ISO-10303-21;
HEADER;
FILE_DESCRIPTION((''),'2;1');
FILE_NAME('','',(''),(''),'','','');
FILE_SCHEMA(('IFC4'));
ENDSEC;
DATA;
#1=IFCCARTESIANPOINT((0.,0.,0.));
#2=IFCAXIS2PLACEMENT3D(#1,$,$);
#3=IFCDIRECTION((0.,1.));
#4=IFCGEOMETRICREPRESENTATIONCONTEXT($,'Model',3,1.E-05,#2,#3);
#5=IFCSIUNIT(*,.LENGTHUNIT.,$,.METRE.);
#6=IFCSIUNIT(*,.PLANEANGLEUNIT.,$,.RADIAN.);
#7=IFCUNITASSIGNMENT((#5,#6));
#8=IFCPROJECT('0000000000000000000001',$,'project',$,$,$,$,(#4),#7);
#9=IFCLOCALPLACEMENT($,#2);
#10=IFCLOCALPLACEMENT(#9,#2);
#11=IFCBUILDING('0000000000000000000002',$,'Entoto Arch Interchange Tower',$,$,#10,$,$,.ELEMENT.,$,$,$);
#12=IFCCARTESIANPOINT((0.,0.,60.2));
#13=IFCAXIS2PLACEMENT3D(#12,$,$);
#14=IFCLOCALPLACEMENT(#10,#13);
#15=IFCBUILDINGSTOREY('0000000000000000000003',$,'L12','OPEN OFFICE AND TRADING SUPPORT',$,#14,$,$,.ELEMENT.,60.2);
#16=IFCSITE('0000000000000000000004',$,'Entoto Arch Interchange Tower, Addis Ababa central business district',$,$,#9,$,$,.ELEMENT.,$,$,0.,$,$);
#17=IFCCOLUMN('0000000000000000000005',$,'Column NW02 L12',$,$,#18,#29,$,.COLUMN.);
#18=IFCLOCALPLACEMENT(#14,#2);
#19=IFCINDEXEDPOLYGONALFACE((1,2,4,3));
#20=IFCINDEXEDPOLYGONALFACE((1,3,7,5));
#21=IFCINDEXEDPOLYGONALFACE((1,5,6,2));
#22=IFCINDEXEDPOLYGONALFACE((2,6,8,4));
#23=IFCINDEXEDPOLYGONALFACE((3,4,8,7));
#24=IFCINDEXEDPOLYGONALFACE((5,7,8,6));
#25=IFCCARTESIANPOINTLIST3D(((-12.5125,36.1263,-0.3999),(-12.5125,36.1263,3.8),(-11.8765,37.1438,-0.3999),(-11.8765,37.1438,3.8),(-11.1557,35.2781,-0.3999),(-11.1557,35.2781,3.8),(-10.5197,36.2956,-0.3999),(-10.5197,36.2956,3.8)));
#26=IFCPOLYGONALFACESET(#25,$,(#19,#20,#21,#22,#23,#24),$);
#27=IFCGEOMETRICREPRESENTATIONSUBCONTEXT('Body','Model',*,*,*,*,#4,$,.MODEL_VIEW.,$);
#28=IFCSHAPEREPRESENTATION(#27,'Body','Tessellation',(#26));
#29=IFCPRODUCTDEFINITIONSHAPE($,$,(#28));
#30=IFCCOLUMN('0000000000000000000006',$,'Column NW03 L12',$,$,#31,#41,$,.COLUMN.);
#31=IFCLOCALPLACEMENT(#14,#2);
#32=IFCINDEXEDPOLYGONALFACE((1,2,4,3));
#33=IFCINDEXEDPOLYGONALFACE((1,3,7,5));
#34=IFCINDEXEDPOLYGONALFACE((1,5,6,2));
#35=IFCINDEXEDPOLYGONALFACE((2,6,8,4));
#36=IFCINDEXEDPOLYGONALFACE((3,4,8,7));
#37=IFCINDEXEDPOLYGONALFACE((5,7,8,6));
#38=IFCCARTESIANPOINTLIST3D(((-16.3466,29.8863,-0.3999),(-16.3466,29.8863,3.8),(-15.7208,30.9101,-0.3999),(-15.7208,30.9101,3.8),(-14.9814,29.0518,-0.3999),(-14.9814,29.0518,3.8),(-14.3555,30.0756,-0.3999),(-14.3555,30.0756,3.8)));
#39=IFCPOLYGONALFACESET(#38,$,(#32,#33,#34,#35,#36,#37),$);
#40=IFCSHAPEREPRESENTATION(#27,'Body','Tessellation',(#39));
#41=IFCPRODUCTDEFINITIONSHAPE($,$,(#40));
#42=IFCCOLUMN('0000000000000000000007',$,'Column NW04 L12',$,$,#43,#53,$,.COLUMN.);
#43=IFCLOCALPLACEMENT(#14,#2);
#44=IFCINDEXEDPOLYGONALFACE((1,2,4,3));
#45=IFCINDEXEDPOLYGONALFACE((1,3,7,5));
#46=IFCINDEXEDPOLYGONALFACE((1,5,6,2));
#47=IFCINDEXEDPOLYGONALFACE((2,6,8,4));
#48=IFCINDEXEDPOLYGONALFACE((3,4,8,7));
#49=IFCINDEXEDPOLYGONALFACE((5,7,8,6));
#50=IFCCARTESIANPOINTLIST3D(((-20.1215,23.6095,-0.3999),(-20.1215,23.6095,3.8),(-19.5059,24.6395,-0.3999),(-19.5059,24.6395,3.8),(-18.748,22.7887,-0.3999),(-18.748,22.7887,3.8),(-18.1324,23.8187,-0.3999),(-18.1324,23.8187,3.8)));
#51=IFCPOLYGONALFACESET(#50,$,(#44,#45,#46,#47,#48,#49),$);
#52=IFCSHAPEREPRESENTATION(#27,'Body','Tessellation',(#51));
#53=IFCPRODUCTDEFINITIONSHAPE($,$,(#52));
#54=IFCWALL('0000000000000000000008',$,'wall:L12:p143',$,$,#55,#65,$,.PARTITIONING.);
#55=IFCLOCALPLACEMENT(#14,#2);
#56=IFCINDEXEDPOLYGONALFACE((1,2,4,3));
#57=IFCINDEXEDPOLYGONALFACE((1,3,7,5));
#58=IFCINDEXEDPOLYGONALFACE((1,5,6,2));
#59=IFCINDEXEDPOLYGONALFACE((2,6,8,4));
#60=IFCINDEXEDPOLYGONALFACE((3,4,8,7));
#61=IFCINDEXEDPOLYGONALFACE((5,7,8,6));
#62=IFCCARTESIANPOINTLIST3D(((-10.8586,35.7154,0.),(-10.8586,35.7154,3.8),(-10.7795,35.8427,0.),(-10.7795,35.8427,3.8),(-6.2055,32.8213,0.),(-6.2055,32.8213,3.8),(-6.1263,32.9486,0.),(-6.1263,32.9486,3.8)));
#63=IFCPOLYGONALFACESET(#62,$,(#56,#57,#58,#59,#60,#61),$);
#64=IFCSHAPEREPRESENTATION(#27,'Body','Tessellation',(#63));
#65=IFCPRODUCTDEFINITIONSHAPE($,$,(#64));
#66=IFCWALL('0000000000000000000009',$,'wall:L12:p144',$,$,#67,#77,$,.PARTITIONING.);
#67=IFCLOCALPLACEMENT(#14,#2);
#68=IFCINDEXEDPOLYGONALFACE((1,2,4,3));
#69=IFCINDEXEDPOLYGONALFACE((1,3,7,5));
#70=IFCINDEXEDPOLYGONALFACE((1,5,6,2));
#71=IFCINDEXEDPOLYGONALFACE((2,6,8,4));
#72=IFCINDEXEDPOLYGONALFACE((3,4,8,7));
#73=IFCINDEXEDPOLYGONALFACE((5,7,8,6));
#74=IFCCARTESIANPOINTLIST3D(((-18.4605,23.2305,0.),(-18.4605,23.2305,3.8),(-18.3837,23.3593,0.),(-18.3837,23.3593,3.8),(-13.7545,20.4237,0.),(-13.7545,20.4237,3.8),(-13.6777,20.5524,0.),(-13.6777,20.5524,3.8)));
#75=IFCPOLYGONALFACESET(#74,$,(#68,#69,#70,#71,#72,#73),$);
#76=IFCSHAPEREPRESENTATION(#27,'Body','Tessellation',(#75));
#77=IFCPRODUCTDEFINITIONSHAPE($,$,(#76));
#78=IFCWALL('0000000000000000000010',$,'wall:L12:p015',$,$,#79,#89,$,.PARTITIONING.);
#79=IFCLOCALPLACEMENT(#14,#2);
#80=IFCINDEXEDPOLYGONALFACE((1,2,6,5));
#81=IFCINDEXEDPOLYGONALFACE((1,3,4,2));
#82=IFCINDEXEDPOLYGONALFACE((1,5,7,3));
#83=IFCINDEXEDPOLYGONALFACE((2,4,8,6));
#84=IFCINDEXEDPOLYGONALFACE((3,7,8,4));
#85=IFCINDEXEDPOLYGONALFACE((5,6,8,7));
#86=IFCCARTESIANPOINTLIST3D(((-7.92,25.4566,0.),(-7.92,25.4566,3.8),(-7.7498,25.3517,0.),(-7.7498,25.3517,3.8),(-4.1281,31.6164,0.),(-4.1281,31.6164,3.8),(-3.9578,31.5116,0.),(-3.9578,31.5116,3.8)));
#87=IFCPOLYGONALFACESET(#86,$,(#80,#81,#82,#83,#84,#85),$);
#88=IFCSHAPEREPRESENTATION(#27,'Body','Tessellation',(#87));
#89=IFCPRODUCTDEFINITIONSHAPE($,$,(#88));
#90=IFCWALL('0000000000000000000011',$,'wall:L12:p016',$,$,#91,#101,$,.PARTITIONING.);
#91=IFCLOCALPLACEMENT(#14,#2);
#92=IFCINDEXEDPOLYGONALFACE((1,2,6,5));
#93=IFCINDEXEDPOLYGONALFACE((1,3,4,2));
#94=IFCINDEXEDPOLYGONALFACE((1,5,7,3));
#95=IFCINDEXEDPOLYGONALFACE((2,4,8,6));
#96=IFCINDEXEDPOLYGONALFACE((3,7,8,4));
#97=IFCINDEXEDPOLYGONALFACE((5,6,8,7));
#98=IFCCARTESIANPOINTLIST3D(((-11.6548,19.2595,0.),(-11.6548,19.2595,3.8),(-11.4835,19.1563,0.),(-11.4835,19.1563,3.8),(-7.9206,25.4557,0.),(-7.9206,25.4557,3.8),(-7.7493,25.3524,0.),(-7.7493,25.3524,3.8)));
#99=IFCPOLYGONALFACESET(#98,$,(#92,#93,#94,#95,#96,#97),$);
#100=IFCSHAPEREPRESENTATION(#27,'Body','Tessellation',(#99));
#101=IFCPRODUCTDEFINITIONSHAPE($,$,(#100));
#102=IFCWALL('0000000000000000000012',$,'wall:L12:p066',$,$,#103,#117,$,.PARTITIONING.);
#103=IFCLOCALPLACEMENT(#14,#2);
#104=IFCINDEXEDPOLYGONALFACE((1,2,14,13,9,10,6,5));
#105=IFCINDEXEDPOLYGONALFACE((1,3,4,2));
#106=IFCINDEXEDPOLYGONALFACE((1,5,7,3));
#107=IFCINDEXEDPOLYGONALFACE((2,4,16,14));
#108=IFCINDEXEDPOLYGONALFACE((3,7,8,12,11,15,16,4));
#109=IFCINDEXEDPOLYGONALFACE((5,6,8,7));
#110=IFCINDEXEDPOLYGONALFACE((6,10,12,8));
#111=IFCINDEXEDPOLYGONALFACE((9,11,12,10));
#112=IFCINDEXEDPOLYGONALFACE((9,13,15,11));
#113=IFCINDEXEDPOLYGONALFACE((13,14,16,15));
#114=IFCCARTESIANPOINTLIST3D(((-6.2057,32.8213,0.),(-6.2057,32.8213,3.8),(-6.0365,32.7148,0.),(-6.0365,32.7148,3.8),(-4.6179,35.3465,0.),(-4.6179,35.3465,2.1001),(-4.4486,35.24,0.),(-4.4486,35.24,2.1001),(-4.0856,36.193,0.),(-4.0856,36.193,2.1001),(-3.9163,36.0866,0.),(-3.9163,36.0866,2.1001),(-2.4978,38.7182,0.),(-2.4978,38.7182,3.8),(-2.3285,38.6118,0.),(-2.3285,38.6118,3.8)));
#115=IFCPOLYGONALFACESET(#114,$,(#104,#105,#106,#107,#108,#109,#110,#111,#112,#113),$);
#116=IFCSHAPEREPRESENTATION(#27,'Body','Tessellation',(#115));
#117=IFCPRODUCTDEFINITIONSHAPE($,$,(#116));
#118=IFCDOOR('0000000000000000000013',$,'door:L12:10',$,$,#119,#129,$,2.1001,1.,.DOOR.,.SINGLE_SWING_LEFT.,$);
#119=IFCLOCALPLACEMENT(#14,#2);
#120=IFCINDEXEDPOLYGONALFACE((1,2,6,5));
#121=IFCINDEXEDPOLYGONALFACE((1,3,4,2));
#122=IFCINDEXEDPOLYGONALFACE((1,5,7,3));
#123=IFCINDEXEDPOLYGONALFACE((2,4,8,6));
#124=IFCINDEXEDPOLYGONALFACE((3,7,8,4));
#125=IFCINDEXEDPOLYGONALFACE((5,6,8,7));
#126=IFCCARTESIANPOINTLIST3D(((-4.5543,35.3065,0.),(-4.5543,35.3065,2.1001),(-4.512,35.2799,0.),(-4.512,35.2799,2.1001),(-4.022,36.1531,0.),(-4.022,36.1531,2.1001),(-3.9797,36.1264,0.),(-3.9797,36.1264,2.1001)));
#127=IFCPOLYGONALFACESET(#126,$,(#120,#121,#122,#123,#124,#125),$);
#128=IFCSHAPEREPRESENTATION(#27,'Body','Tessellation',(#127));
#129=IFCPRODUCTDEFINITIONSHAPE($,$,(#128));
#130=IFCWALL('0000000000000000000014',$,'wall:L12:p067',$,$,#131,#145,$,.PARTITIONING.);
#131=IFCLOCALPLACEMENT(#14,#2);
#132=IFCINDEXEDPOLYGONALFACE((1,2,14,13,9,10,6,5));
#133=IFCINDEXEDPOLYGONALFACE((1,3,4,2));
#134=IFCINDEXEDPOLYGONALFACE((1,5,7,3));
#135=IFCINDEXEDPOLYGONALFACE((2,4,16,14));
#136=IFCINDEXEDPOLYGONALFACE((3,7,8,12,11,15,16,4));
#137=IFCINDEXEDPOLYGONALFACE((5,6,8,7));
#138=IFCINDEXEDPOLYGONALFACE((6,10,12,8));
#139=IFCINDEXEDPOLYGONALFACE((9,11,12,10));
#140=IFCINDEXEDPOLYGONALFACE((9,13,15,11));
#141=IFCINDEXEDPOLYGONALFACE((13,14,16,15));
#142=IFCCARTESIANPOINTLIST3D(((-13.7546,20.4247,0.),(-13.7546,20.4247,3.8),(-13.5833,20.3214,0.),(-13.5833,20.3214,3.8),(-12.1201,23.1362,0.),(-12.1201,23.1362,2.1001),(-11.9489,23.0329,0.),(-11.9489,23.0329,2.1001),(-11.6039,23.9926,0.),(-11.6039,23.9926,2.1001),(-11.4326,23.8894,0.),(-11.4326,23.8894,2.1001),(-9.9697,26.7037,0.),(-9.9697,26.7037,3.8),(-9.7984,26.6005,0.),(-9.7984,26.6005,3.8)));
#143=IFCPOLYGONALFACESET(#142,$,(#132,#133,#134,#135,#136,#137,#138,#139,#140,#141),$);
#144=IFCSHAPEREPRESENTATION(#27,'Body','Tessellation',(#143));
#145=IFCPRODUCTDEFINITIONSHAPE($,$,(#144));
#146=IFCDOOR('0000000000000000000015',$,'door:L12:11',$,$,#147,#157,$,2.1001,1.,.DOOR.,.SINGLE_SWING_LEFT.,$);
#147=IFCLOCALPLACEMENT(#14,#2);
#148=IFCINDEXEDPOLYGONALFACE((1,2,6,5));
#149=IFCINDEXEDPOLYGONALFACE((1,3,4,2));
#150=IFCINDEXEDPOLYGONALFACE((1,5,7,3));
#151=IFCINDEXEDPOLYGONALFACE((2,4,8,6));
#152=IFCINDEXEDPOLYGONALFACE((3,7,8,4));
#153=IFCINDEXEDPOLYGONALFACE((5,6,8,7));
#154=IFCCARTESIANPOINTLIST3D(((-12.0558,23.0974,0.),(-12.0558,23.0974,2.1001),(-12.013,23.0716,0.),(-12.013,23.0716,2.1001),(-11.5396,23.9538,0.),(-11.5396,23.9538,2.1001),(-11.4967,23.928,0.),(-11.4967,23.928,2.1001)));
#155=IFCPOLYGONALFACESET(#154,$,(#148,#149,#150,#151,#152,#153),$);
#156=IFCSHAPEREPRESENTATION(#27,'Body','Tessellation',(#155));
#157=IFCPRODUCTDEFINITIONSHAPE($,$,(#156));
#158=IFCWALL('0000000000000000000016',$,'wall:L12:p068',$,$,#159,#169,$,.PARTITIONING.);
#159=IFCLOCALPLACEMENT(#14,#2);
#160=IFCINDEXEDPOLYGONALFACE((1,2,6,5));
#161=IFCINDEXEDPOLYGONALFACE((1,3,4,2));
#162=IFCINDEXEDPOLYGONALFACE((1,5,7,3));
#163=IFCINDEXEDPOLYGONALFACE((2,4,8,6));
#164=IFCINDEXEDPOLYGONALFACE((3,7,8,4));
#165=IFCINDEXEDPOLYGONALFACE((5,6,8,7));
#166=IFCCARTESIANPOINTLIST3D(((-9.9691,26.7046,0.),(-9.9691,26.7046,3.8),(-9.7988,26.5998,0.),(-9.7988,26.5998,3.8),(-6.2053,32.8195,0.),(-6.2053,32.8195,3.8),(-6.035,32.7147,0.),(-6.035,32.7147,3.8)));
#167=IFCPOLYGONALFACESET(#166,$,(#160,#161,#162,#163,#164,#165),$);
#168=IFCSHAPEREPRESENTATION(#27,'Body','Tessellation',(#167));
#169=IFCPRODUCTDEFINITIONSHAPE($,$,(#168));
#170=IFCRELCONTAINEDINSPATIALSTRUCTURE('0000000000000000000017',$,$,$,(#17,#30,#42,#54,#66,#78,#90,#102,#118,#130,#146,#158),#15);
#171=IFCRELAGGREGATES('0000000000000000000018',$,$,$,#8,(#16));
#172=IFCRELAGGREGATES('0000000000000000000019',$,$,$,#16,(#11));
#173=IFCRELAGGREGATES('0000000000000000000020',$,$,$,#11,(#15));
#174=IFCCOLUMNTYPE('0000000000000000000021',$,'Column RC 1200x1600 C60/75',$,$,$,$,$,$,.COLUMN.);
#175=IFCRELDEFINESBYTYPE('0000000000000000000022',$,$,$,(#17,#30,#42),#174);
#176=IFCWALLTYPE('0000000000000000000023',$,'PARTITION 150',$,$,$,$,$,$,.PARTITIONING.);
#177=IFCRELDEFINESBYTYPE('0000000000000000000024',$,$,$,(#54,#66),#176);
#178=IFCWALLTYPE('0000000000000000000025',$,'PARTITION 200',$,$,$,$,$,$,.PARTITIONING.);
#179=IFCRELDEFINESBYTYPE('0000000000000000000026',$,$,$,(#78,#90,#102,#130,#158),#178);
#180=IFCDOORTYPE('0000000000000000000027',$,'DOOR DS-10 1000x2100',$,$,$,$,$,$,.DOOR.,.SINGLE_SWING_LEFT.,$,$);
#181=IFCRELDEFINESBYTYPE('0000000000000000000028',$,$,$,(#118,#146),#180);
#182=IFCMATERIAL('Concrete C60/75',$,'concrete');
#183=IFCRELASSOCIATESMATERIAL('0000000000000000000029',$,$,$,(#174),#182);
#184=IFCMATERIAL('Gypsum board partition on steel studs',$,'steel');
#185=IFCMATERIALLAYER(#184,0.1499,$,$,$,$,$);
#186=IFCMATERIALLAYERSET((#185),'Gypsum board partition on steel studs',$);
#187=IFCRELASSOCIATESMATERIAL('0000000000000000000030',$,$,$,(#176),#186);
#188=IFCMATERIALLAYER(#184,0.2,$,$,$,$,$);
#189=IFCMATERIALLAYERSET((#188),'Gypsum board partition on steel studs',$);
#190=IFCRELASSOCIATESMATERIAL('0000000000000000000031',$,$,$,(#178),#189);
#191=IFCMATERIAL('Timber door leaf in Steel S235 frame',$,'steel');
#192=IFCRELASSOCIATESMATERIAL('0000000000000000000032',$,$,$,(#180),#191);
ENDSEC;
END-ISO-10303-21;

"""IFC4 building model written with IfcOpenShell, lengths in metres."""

from ifc_helpers import new_model, si_unit, direction, frame, frame_2d, origin, origin_2d, place, context, subcontext, project, spatial, rectangle, extrude, material, layer, layer_set, material_profile, profile_set, type_object, element, fill, save


model = new_model("IFC4")

# Units and contexts
model_context = context("Model", 3, precision=1e-05, world=origin(), true_north=direction((0.0, 1.0)))
body_context = subcontext(model_context, "Body", "Model", "MODEL_VIEW")
ifc_project = project(units=[si_unit("LENGTHUNIT", "METRE"), si_unit("PLANEANGLEUNIT", "RADIAN")], contexts=[model_context])

# Site, building, storey
site_placement = place(None, origin())
site = spatial("IfcSite", under=ifc_project, at=site_placement, Name="Entoto Arch Interchange Tower, Addis Ababa central business district", CompositionType="ELEMENT", RefElevation=0.0)
building_placement = place(site_placement, origin())
building = spatial("IfcBuilding", under=site, at=building_placement, Name="Entoto Arch Interchange Tower", CompositionType="ELEMENT")
storey_placement = place(building_placement, frame((0.0, 0.0, 60.2)))
storey = spatial("IfcBuildingStorey", under=building, at=storey_placement, Name="L12", Description="OPEN OFFICE AND TRADING SUPPORT", CompositionType="ELEMENT", Elevation=60.2)

# Columns
ifc_material_1 = material(Name="Concrete C60/75", Category="concrete")
ifc_material_profile = material_profile(ifc_material_1, rectangle(XDim=1.2, YDim=1.6001, at=origin_2d()))
ifc_profile_set = profile_set([ifc_material_profile], Name="Concrete C60/75")
column_type = type_object("IfcColumnType", Name="Column RC 1200x1600 C60/75", PredefinedType="COLUMN", material=ifc_profile_set)
for number, where, z_axis, x_axis, name in (
    (1, (-11.5161, 36.2109, -0.3999), (0.0, 0.0, 1.0), (0.530067, 0.847956, 0.0), "Column NW02 L12"),
    (2, (-15.3511, 29.981, -0.3999), (0.0, 0.0, 1.0), (0.521546, 0.853223, 0.0), "Column NW03 L12"),
    (3, (-19.127, 23.7141, -0.3999), (0.0, 0.0, 1.0), (0.512972, 0.858405, 0.0), "Column NW04 L12"),
):
    element("IfcColumn", number, at=place(storey_placement, frame(where, z_axis=z_axis, x_axis=x_axis)), inside=storey, type_object=column_type, Name=name, PredefinedType="COLUMN", context=body_context, shape_type="SweptSolid", body=[
        extrude(rectangle(XDim=1.2, YDim=1.6001, at=origin_2d()), origin(), (0.0, 0.0, 1.0), 4.2),
    ])

# Walls
ifc_material_2 = material(Name="Gypsum board partition on steel studs", Category="steel")
ifc_layer_1 = layer(ifc_material_2, 0.1499)
ifc_layer_set_1 = layer_set([ifc_layer_1], Name="Gypsum board partition on steel studs")
wall_type_1 = type_object("IfcWallType", Name="PARTITION 150", PredefinedType="PARTITIONING", material=ifc_layer_set_1)
wall_1_placement = place(storey_placement, frame((-6.166, 32.885, 0.0), z_axis=(0.0, 0.0, 1.0), x_axis=(-0.849155, 0.528143, 0.0)))
element("IfcWall", 4, at=wall_1_placement, inside=storey, type_object=wall_type_1, Name="wall:L12:p143", PredefinedType="PARTITIONING", context=body_context, shape_type="SweptSolid", body=[
    extrude(rectangle(XDim=5.4797, YDim=0.1499, at=frame_2d((2.7397, 0.0))), origin(), (0.0, 0.0, 1.0), 3.8),
])
wall_2_placement = place(storey_placement, frame((-13.7161, 20.488, 0.0), z_axis=(0.0, 0.0, 1.0), x_axis=(-0.858838, 0.512247, 0.0)))
element("IfcWall", 5, at=wall_2_placement, inside=storey, type_object=wall_type_1, Name="wall:L12:p144", PredefinedType="PARTITIONING", context=body_context, shape_type="SweptSolid", body=[
    extrude(rectangle(XDim=5.4795, YDim=0.1499, at=frame_2d((2.7397, 0.0))), origin(), (0.0, 0.0, 1.0), 3.8),
])
ifc_layer_2 = layer(ifc_material_2, 0.2)
ifc_layer_set_2 = layer_set([ifc_layer_2], Name="Gypsum board partition on steel studs")
wall_type_2 = type_object("IfcWallType", Name="PARTITION 200", PredefinedType="PARTITIONING", material=ifc_layer_set_2)
wall_3_placement = place(storey_placement, frame((-4.043, 31.564, 0.0), z_axis=(0.0, 0.0, 1.0), x_axis=(-0.524225, -0.85158, 0.0)))
element("IfcWall", 6, at=wall_3_placement, inside=storey, type_object=wall_type_2, Name="wall:L12:p015", PredefinedType="PARTITIONING", context=body_context, shape_type="SweptSolid", body=[
    extrude(rectangle(XDim=7.2334, YDim=0.2, at=frame_2d((3.6167, 0.0))), origin(), (0.0, 0.0, 1.0), 3.8),
])
wall_4_placement = place(storey_placement, frame((-7.835, 25.4041, 0.0), z_axis=(0.0, 0.0, 1.0), x_axis=(-0.516172, -0.856485, 0.0)))
element("IfcWall", 7, at=wall_4_placement, inside=storey, type_object=wall_type_2, Name="wall:L12:p016", PredefinedType="PARTITIONING", context=body_context, shape_type="SweptSolid", body=[
    extrude(rectangle(XDim=7.2344, YDim=0.2, at=frame_2d((3.6172, 0.0))), origin(), (0.0, 0.0, 1.0), 3.8),
])

# Walls, openings, doors
wall_5_placement = place(storey_placement, frame((-6.1211, 32.7681, 0.0), z_axis=(0.0, 0.0, 1.0), x_axis=(0.532309, 0.84655, 0.0)))
wall_5 = element("IfcWall", 8, at=wall_5_placement, inside=storey, type_object=wall_type_2, Name="wall:L12:p066", PredefinedType="PARTITIONING", context=body_context, shape_type="SweptSolid", body=[
    extrude(rectangle(XDim=6.9658, YDim=0.2, at=frame_2d((3.4829, 0.0))), origin(), (0.0, 0.0, 1.0), 3.8),
])
opening_1_placement = place(wall_5_placement, frame((2.9829, 0.0, 0.0)))
opening_1 = element("IfcOpeningElement", 9, at=opening_1_placement, cuts=wall_5, PredefinedType="OPENING", context=body_context, shape_type="SweptSolid", body=[
    extrude(rectangle(XDim=1.0, YDim=2.1001, at=frame_2d((0.5, 1.05))), frame((0.0, 0.1099, 0.0), z_axis=(0.0, -1.0, 0.0), x_axis=(1.0, 0.0, 0.0)), (0.0, 0.0, 1.0), 0.22),
])
ifc_material_3 = material(Name="Timber door leaf in Steel S235 frame", Category="steel")
door_type = type_object("IfcDoorType", Name="DOOR DS-10 1000x2100", OperationType="SINGLE_SWING_LEFT", PredefinedType="DOOR", material=ifc_material_3)
door_1_placement = place(opening_1_placement, origin())
door_1 = element("IfcDoor", 10, at=door_1_placement, inside=storey, type_object=door_type, Name="door:L12:10", OperationType="SINGLE_SWING_LEFT", OverallHeight=2.1001, OverallWidth=1.0, PredefinedType="DOOR", context=body_context, shape_type="SweptSolid", body=[
    extrude(rectangle(XDim=1.0, YDim=2.1001, at=frame_2d((0.5, 1.05))), frame((0.0, 0.0249, 0.0), z_axis=(0.0, -1.0, 0.0), x_axis=(1.0, 0.0, 0.0)), (0.0, 0.0, 1.0), 0.05),
])
fill(opening_1, door_1)
wall_6_placement = place(storey_placement, frame((-13.6689, 20.373, 0.0), z_axis=(0.0, 0.0, 1.0), x_axis=(0.516248, 0.856439, 0.0)))
wall_6 = element("IfcWall", 11, at=wall_6_placement, inside=storey, type_object=wall_type_2, Name="wall:L12:p067", PredefinedType="PARTITIONING", context=body_context, shape_type="SweptSolid", body=[
    extrude(rectangle(XDim=7.3315, YDim=0.2, at=frame_2d((3.6658, 0.0))), origin(), (0.0, 0.0, 1.0), 3.8),
])
opening_2_placement = place(wall_6_placement, frame((3.166, 0.0, 0.0)))
opening_2 = element("IfcOpeningElement", 12, at=opening_2_placement, cuts=wall_6, PredefinedType="OPENING", context=body_context, shape_type="SweptSolid", body=[
    extrude(rectangle(XDim=1.0, YDim=2.1001, at=frame_2d((0.5, 1.05))), frame((0.0, 0.1099, 0.0), z_axis=(0.0, -1.0, 0.0), x_axis=(1.0, 0.0, 0.0)), (0.0, 0.0, 1.0), 0.22),
])
door_2_placement = place(opening_2_placement, origin())
door_2 = element("IfcDoor", 13, at=door_2_placement, inside=storey, type_object=door_type, Name="door:L12:11", OperationType="SINGLE_SWING_LEFT", OverallHeight=2.1001, OverallWidth=1.0, PredefinedType="DOOR", context=body_context, shape_type="SweptSolid", body=[
    extrude(rectangle(XDim=1.0, YDim=2.1001, at=frame_2d((0.5, 1.05))), frame((0.0, 0.0249, 0.0), z_axis=(0.0, -1.0, 0.0), x_axis=(1.0, 0.0, 0.0)), (0.0, 0.0, 1.0), 0.05),
])
fill(opening_2, door_2)

# Wall
wall_7_placement = place(storey_placement, frame((-9.884, 26.6521, 0.0), z_axis=(0.0, 0.0, 1.0), x_axis=(0.524183, 0.851606, 0.0)))
element("IfcWall", 14, at=wall_7_placement, inside=storey, type_object=wall_type_2, Name="wall:L12:p068", PredefinedType="PARTITIONING", context=body_context, shape_type="SweptSolid", body=[
    extrude(rectangle(XDim=7.1804, YDim=0.2, at=frame_2d((3.5903, 0.0))), origin(), (0.0, 0.0, 1.0), 3.8),
])

save(model, "model.ifc")
